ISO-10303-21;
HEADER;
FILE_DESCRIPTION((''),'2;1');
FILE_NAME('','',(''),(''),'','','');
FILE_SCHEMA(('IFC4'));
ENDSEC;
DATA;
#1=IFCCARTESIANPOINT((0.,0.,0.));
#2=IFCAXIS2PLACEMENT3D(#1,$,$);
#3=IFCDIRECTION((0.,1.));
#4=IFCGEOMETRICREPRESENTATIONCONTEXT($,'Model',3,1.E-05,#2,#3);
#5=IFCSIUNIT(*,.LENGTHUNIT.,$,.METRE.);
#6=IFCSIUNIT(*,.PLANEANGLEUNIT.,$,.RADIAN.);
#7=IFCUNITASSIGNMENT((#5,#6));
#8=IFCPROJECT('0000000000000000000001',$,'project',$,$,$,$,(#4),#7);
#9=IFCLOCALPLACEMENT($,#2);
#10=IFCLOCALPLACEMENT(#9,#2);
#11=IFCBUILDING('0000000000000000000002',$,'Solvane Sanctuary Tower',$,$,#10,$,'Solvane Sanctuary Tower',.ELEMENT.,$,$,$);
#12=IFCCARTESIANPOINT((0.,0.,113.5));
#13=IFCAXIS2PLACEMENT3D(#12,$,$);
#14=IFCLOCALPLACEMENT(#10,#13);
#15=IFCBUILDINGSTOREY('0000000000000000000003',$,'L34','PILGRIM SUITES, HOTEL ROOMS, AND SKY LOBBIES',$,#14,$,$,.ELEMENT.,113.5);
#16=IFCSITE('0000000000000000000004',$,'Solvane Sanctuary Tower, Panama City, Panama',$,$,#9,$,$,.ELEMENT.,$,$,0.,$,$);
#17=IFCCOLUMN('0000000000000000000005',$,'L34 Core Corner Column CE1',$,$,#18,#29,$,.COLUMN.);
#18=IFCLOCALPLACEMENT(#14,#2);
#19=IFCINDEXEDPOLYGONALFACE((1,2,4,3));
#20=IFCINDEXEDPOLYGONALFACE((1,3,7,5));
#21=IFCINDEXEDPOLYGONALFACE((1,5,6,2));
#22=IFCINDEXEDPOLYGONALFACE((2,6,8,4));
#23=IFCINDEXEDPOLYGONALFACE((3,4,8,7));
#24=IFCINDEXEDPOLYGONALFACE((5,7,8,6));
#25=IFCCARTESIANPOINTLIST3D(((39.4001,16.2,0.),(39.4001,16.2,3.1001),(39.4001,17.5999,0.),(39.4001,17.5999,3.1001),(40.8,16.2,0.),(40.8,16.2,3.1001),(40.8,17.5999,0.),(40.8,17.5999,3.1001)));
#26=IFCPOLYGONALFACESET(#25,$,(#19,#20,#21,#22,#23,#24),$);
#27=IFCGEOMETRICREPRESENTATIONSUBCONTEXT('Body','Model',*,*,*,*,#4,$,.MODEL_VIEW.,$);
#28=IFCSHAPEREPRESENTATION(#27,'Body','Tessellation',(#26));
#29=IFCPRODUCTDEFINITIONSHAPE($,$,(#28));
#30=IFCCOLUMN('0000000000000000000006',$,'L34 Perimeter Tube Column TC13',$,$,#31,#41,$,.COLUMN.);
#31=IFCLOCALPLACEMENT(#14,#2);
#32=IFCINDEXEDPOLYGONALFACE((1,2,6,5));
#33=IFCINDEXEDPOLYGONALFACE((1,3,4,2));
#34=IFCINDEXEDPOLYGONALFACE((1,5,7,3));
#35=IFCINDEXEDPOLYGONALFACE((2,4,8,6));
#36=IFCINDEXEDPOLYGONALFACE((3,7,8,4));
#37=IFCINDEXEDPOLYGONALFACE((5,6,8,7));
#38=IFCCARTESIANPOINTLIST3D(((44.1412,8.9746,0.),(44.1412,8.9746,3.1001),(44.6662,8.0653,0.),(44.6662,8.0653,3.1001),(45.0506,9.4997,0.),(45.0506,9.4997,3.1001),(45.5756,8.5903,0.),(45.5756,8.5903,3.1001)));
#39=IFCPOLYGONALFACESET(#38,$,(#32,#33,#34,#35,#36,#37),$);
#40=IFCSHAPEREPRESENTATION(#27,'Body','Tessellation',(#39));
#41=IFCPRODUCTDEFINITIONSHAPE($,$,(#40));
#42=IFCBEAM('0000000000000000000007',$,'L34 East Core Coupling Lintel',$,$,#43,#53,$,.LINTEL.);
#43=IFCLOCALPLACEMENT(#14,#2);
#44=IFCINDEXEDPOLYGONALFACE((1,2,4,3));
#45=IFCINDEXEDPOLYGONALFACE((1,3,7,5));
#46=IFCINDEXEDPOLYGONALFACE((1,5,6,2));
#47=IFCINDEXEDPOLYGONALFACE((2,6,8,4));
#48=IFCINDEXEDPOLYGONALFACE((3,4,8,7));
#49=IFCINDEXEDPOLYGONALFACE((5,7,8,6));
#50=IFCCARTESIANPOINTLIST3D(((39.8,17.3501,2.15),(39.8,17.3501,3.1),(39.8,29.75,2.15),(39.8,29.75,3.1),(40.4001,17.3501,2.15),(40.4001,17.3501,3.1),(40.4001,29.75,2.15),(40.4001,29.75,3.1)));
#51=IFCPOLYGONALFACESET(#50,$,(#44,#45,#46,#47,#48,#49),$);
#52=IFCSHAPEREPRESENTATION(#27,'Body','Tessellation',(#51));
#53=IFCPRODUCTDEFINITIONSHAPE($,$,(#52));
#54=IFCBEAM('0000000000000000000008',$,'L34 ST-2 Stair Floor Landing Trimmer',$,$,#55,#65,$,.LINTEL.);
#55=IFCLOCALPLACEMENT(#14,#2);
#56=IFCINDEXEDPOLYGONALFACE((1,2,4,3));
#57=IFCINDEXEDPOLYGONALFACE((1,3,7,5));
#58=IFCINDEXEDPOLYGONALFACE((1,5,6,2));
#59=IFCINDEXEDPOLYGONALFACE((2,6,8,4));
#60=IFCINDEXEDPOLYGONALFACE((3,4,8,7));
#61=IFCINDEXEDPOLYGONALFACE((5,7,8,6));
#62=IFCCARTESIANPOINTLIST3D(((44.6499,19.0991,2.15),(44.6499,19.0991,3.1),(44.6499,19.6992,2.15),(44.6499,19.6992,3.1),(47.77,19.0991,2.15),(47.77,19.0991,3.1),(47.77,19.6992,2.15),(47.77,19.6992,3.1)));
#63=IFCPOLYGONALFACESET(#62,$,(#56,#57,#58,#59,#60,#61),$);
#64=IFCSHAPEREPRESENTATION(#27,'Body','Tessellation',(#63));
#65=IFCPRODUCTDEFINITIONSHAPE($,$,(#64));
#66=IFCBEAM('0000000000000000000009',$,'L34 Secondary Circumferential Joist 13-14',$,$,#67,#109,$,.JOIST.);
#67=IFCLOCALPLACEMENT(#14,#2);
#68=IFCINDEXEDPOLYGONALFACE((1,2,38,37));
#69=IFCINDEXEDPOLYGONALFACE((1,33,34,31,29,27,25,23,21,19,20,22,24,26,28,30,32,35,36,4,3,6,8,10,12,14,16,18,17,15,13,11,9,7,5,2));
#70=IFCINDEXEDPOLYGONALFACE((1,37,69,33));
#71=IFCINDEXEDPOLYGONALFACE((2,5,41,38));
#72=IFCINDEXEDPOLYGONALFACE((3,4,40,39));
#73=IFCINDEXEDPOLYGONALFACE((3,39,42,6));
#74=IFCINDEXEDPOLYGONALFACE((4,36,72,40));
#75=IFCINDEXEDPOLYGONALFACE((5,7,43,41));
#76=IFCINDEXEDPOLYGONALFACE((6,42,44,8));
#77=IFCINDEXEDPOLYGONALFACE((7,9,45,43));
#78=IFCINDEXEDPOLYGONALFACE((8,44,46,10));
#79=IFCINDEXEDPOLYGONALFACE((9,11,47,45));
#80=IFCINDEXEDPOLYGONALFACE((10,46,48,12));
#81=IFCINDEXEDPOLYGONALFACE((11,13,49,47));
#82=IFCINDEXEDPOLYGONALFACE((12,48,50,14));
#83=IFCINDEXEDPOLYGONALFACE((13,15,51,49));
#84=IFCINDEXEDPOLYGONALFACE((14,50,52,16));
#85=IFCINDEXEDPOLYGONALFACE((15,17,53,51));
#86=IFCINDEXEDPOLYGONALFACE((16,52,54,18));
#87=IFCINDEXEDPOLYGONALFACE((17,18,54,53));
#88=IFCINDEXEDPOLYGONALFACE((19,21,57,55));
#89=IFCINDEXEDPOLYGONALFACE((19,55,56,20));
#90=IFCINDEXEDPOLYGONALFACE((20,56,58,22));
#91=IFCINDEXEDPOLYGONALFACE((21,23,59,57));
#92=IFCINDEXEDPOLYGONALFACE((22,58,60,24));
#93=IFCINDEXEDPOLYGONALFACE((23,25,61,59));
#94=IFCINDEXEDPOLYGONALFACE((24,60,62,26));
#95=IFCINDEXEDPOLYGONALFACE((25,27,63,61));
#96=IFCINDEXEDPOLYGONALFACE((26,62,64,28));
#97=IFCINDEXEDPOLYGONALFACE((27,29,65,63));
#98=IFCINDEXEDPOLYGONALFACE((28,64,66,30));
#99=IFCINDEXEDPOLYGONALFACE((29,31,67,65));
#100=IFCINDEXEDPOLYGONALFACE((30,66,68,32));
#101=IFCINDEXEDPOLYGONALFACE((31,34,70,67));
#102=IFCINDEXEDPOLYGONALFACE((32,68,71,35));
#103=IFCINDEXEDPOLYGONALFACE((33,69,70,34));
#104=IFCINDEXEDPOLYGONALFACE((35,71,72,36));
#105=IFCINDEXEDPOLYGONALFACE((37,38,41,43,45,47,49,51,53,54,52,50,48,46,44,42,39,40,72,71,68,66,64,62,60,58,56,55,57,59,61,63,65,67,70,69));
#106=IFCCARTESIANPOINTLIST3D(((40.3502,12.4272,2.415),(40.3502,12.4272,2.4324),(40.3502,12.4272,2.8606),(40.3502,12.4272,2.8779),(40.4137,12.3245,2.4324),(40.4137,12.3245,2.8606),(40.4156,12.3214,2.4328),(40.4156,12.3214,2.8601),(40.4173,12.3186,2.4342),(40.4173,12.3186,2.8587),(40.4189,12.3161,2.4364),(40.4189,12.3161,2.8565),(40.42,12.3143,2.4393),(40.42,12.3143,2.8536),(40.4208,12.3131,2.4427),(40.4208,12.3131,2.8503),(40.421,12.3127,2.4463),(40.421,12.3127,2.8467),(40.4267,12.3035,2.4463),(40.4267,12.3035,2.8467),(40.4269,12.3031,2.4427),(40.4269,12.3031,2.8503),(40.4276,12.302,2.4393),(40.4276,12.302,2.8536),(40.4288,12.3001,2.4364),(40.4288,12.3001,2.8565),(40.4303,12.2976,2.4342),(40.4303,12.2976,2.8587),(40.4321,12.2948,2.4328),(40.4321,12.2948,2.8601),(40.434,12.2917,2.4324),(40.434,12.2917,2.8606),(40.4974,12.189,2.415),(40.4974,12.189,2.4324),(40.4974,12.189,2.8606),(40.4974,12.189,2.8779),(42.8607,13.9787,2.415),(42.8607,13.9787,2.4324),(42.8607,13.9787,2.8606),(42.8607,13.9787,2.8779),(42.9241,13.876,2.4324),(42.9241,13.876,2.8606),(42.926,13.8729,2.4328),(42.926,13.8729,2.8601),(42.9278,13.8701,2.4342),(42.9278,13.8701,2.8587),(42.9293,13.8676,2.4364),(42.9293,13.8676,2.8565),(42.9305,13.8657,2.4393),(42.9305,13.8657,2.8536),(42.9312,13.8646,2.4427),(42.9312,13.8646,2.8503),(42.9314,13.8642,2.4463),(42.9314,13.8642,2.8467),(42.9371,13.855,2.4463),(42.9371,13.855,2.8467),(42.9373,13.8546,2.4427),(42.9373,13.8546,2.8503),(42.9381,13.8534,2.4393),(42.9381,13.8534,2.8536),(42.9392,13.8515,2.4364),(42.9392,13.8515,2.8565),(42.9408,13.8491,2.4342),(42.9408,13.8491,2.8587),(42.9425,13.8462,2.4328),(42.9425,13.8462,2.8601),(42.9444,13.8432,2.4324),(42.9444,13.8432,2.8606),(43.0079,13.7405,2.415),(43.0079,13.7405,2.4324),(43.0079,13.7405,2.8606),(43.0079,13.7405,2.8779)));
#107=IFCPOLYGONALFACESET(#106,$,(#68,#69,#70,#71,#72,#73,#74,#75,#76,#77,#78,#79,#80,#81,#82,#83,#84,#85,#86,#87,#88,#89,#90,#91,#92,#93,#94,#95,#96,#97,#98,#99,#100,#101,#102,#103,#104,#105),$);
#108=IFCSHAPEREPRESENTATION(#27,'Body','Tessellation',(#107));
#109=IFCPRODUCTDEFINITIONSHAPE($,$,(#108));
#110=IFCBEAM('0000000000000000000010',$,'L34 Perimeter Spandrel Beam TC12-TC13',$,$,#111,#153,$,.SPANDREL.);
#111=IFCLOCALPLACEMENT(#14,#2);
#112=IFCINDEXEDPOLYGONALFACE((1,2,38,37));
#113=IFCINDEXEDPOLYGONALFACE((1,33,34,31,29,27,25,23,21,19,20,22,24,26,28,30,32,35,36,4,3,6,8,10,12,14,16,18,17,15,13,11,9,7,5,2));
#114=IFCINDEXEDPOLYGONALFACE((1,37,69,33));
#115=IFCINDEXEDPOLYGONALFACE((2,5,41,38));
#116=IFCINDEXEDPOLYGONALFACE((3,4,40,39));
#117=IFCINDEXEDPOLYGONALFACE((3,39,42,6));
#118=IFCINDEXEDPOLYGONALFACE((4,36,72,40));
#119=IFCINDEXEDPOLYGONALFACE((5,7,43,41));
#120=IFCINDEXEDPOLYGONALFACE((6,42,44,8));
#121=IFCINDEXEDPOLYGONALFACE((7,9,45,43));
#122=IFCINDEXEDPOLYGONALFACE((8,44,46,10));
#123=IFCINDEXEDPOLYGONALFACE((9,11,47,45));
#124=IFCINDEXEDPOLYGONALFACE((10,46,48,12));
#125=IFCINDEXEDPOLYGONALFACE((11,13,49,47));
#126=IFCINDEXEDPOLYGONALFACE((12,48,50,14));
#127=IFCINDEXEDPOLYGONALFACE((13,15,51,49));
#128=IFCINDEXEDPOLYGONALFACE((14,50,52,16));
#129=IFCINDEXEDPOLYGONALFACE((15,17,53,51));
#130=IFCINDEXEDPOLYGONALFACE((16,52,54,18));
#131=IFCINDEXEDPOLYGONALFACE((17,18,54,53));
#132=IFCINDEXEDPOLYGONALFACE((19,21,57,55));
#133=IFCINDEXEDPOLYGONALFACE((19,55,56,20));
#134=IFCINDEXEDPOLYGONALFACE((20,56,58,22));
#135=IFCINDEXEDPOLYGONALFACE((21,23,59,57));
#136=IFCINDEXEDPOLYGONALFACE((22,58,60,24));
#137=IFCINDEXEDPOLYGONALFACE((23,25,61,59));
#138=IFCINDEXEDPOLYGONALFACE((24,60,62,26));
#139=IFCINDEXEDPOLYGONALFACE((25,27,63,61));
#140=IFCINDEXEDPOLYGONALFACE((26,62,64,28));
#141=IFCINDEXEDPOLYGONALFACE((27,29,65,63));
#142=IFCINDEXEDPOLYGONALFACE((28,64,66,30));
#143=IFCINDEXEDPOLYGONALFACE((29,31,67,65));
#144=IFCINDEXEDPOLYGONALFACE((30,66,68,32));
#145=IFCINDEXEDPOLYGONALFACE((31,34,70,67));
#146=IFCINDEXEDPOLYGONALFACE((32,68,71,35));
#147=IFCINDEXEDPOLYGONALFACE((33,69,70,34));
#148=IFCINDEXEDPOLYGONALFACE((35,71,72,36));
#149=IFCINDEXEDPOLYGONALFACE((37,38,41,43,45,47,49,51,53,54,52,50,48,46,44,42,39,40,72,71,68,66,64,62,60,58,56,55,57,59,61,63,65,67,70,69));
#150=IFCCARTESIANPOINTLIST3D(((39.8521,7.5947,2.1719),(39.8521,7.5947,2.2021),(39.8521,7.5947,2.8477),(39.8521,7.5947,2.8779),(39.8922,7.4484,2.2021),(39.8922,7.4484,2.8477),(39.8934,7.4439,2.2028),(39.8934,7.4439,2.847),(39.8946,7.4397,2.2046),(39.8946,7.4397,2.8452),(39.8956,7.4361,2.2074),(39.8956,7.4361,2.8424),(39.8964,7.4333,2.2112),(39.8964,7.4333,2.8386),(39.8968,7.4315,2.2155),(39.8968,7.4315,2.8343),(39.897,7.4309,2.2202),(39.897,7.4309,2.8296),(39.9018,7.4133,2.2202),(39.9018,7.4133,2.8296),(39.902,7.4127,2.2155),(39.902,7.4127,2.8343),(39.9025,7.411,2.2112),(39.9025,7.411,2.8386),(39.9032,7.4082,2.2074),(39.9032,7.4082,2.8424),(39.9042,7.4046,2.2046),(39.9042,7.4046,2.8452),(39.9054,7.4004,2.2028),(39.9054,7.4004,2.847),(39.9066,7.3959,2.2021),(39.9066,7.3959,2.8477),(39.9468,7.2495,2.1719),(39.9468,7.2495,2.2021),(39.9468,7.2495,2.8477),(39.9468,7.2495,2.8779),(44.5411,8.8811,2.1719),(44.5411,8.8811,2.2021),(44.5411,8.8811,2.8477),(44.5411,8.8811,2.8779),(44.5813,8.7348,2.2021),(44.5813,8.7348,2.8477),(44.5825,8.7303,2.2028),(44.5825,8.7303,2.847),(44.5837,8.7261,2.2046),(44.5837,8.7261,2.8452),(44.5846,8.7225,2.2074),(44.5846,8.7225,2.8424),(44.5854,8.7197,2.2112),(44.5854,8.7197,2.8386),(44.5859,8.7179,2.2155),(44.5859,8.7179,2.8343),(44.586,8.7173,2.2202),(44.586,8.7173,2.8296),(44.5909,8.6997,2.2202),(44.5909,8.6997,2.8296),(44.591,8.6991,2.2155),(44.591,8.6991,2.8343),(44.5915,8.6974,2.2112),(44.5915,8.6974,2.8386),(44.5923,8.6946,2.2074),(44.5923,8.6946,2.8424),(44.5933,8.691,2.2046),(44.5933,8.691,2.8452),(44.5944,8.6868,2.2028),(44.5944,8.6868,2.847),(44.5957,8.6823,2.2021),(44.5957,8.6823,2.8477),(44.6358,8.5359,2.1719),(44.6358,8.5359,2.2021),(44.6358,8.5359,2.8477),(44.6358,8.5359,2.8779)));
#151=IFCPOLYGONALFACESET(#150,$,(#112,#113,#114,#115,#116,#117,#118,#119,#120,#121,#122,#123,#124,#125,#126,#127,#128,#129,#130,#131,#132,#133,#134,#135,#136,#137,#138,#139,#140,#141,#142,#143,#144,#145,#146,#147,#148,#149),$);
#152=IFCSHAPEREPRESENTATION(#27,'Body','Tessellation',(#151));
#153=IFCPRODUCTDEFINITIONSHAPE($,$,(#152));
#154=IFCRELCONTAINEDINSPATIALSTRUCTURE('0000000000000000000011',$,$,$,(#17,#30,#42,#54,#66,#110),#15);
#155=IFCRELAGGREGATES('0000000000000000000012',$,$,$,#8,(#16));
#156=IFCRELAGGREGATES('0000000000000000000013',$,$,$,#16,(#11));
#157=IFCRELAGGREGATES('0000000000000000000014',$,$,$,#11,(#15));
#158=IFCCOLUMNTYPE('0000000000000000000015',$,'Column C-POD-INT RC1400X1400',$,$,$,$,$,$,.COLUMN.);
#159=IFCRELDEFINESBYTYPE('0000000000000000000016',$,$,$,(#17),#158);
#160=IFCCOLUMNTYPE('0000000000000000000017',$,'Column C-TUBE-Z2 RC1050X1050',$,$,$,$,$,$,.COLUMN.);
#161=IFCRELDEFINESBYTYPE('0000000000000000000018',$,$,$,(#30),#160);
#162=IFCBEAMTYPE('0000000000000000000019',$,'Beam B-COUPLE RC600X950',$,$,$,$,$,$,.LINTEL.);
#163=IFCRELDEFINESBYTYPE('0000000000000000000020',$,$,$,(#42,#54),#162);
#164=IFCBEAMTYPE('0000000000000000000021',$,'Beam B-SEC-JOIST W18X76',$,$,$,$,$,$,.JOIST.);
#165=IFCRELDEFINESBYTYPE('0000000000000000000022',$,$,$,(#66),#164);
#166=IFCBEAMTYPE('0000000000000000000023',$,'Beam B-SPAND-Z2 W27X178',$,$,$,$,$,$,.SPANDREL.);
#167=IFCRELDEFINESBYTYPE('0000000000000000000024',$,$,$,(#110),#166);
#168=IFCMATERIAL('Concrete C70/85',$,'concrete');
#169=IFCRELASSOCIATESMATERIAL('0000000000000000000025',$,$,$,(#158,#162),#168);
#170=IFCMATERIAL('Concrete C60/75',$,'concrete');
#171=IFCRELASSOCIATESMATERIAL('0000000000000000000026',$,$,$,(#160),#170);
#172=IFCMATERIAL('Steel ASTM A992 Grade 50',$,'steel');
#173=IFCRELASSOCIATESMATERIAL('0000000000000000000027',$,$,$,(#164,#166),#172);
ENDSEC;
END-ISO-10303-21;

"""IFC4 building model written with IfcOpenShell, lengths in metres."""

from ifc_helpers import new_model, si_unit, direction, frame, origin, origin_2d, place, context, subcontext, project, spatial, rectangle, i_section, extrude, material, material_profile, profile_set, type_object, element, save


model = new_model("IFC4")

# Units and contexts
model_context = context("Model", 3, precision=1e-05, world=origin(), true_north=direction((0.0, 1.0)))
body_context = subcontext(model_context, "Body", "Model", "MODEL_VIEW")
ifc_project = project(units=[si_unit("LENGTHUNIT", "METRE"), si_unit("PLANEANGLEUNIT", "RADIAN")], contexts=[model_context])

# Site, building, storey
site_placement = place(None, origin())
site = spatial("IfcSite", under=ifc_project, at=site_placement, Name="Solvane Sanctuary Tower, Panama City, Panama", CompositionType="ELEMENT", RefElevation=0.0)
building_placement = place(site_placement, origin())
building = spatial("IfcBuilding", under=site, at=building_placement, Name="Solvane Sanctuary Tower", LongName="Solvane Sanctuary Tower", CompositionType="ELEMENT")
storey_placement = place(building_placement, frame((0.0, 0.0, 113.5)))
storey = spatial("IfcBuildingStorey", under=building, at=storey_placement, Name="L34", Description="PILGRIM SUITES, HOTEL ROOMS, AND SKY LOBBIES", CompositionType="ELEMENT", Elevation=113.5)

# Columns
ifc_material_1 = material(Name="Concrete C70/85", Category="concrete")
ifc_material_profile_1 = material_profile(ifc_material_1, rectangle(XDim=1.3999, YDim=1.3999, at=origin_2d()), Name="RC1400X1400")
ifc_profile_set_1 = profile_set([ifc_material_profile_1], Name="Concrete C70/85")
column_type_1 = type_object("IfcColumnType", Name="Column C-POD-INT RC1400X1400", PredefinedType="COLUMN", material=ifc_profile_set_1)
column_1_placement = place(storey_placement, frame((40.1001, 16.8999, 0.0), z_axis=(0.0, 0.0, 1.0), x_axis=(1.0, 0.0, 0.0)))
element("IfcColumn", 1, at=column_1_placement, inside=storey, type_object=column_type_1, Name="L34 Core Corner Column CE1", PredefinedType="COLUMN", context=body_context, shape_type="SweptSolid", body=[
    extrude(rectangle(XDim=1.3999, YDim=1.3999, at=origin_2d()), origin(), (0.0, 0.0, 1.0), 3.1001),
])
ifc_material_2 = material(Name="Concrete C60/75", Category="concrete")
ifc_material_profile_2 = material_profile(ifc_material_2, rectangle(XDim=1.05, YDim=1.05, at=origin_2d()), Name="RC1050X1050")
ifc_profile_set_2 = profile_set([ifc_material_profile_2], Name="Concrete C60/75")
column_type_2 = type_object("IfcColumnType", Name="Column C-TUBE-Z2 RC1050X1050", PredefinedType="COLUMN", material=ifc_profile_set_2)
column_2_placement = place(storey_placement, frame((44.8584, 8.7825, 0.0), z_axis=(0.0, 0.0, 1.0), x_axis=(0.5, -0.866025, 0.0)))
element("IfcColumn", 2, at=column_2_placement, inside=storey, type_object=column_type_2, Name="L34 Perimeter Tube Column TC13", PredefinedType="COLUMN", context=body_context, shape_type="SweptSolid", body=[
    extrude(rectangle(XDim=1.05, YDim=1.05, at=origin_2d()), origin(), (0.0, 0.0, 1.0), 3.1001),
])

# Beams
ifc_material_profile_3 = material_profile(ifc_material_1, rectangle(XDim=0.6001, YDim=0.95, at=origin_2d()), Name="RC600X950")
ifc_profile_set_3 = profile_set([ifc_material_profile_3], Name="Concrete C70/85")
beam_type_1 = type_object("IfcBeamType", Name="Beam B-COUPLE RC600X950", PredefinedType="LINTEL", material=ifc_profile_set_3)
beam_1_placement = place(storey_placement, frame((40.1001, 17.3501, 2.625), z_axis=(0.0, 1.0, 0.0), x_axis=(-1.0, 0.0, 0.0)))
element("IfcBeam", 3, at=beam_1_placement, inside=storey, type_object=beam_type_1, Name="L34 East Core Coupling Lintel", PredefinedType="LINTEL", context=body_context, shape_type="SweptSolid", body=[
    extrude(rectangle(XDim=0.6001, YDim=0.95, at=origin_2d()), origin(), (0.0, 0.0, 1.0), 12.3999),
])
beam_2_placement = place(storey_placement, frame((44.6499, 19.3992, 2.625), z_axis=(1.0, 0.0, 0.0), x_axis=(0.0, 1.0, 0.0)))
element("IfcBeam", 4, at=beam_2_placement, inside=storey, type_object=beam_type_1, Name="L34 ST-2 Stair Floor Landing Trimmer", PredefinedType="LINTEL", context=body_context, shape_type="SweptSolid", body=[
    extrude(rectangle(XDim=0.6001, YDim=0.95, at=origin_2d()), origin(), (0.0, 0.0, 1.0), 3.1201),
])
ifc_material_3 = material(Name="Steel ASTM A992 Grade 50", Category="steel")
ifc_material_profile_4 = material_profile(ifc_material_3, i_section(OverallWidth=0.28, OverallDepth=0.4629, WebThickness=0.0107, FlangeThickness=0.0173, FilletRadius=0.0139, at=origin_2d()), Name="W18X76")
ifc_profile_set_4 = profile_set([ifc_material_profile_4], Name="Steel ASTM A992 Grade 50")
beam_type_2 = type_object("IfcBeamType", Name="Beam B-SEC-JOIST W18X76", PredefinedType="JOIST", material=ifc_profile_set_4)
beam_3_placement = place(storey_placement, frame((40.4238, 12.3081, 2.6465), z_axis=(0.85066, 0.525717, 0.0), x_axis=(-0.525717, 0.85066, 0.0)))
element("IfcBeam", 5, at=beam_3_placement, inside=storey, type_object=beam_type_2, Name="L34 Secondary Circumferential Joist 13-14", PredefinedType="JOIST", context=body_context, shape_type="SweptSolid", body=[
    extrude(i_section(OverallWidth=0.28, OverallDepth=0.4629, WebThickness=0.0107, FlangeThickness=0.0173, FilletRadius=0.0139, at=origin_2d()), origin(), (0.0, 0.0, 1.0), 2.9512),
])
ifc_material_profile_5 = material_profile(ifc_material_3, i_section(OverallWidth=0.3579, OverallDepth=0.7061, WebThickness=0.0183, FlangeThickness=0.0303, FilletRadius=0.0181, at=origin_2d()), Name="W27X178")
ifc_profile_set_5 = profile_set([ifc_material_profile_5], Name="Steel ASTM A992 Grade 50")
beam_type_3 = type_object("IfcBeamType", Name="Beam B-SPAND-Z2 W27X178", PredefinedType="SPANDREL", material=ifc_profile_set_5)
beam_4_placement = place(storey_placement, frame((39.8994, 7.4221, 2.5249), z_axis=(0.964368, 0.264566, 0.0), x_axis=(-0.264566, 0.964368, 0.0)))
element("IfcBeam", 6, at=beam_4_placement, inside=storey, type_object=beam_type_3, Name="L34 Perimeter Spandrel Beam TC12-TC13", PredefinedType="SPANDREL", context=body_context, shape_type="SweptSolid", body=[
    extrude(i_section(OverallWidth=0.3579, OverallDepth=0.7061, WebThickness=0.0183, FlangeThickness=0.0303, FilletRadius=0.0181, at=origin_2d()), origin(), (0.0, 0.0, 1.0), 4.8623),
])

save(model, "model.ifc")
